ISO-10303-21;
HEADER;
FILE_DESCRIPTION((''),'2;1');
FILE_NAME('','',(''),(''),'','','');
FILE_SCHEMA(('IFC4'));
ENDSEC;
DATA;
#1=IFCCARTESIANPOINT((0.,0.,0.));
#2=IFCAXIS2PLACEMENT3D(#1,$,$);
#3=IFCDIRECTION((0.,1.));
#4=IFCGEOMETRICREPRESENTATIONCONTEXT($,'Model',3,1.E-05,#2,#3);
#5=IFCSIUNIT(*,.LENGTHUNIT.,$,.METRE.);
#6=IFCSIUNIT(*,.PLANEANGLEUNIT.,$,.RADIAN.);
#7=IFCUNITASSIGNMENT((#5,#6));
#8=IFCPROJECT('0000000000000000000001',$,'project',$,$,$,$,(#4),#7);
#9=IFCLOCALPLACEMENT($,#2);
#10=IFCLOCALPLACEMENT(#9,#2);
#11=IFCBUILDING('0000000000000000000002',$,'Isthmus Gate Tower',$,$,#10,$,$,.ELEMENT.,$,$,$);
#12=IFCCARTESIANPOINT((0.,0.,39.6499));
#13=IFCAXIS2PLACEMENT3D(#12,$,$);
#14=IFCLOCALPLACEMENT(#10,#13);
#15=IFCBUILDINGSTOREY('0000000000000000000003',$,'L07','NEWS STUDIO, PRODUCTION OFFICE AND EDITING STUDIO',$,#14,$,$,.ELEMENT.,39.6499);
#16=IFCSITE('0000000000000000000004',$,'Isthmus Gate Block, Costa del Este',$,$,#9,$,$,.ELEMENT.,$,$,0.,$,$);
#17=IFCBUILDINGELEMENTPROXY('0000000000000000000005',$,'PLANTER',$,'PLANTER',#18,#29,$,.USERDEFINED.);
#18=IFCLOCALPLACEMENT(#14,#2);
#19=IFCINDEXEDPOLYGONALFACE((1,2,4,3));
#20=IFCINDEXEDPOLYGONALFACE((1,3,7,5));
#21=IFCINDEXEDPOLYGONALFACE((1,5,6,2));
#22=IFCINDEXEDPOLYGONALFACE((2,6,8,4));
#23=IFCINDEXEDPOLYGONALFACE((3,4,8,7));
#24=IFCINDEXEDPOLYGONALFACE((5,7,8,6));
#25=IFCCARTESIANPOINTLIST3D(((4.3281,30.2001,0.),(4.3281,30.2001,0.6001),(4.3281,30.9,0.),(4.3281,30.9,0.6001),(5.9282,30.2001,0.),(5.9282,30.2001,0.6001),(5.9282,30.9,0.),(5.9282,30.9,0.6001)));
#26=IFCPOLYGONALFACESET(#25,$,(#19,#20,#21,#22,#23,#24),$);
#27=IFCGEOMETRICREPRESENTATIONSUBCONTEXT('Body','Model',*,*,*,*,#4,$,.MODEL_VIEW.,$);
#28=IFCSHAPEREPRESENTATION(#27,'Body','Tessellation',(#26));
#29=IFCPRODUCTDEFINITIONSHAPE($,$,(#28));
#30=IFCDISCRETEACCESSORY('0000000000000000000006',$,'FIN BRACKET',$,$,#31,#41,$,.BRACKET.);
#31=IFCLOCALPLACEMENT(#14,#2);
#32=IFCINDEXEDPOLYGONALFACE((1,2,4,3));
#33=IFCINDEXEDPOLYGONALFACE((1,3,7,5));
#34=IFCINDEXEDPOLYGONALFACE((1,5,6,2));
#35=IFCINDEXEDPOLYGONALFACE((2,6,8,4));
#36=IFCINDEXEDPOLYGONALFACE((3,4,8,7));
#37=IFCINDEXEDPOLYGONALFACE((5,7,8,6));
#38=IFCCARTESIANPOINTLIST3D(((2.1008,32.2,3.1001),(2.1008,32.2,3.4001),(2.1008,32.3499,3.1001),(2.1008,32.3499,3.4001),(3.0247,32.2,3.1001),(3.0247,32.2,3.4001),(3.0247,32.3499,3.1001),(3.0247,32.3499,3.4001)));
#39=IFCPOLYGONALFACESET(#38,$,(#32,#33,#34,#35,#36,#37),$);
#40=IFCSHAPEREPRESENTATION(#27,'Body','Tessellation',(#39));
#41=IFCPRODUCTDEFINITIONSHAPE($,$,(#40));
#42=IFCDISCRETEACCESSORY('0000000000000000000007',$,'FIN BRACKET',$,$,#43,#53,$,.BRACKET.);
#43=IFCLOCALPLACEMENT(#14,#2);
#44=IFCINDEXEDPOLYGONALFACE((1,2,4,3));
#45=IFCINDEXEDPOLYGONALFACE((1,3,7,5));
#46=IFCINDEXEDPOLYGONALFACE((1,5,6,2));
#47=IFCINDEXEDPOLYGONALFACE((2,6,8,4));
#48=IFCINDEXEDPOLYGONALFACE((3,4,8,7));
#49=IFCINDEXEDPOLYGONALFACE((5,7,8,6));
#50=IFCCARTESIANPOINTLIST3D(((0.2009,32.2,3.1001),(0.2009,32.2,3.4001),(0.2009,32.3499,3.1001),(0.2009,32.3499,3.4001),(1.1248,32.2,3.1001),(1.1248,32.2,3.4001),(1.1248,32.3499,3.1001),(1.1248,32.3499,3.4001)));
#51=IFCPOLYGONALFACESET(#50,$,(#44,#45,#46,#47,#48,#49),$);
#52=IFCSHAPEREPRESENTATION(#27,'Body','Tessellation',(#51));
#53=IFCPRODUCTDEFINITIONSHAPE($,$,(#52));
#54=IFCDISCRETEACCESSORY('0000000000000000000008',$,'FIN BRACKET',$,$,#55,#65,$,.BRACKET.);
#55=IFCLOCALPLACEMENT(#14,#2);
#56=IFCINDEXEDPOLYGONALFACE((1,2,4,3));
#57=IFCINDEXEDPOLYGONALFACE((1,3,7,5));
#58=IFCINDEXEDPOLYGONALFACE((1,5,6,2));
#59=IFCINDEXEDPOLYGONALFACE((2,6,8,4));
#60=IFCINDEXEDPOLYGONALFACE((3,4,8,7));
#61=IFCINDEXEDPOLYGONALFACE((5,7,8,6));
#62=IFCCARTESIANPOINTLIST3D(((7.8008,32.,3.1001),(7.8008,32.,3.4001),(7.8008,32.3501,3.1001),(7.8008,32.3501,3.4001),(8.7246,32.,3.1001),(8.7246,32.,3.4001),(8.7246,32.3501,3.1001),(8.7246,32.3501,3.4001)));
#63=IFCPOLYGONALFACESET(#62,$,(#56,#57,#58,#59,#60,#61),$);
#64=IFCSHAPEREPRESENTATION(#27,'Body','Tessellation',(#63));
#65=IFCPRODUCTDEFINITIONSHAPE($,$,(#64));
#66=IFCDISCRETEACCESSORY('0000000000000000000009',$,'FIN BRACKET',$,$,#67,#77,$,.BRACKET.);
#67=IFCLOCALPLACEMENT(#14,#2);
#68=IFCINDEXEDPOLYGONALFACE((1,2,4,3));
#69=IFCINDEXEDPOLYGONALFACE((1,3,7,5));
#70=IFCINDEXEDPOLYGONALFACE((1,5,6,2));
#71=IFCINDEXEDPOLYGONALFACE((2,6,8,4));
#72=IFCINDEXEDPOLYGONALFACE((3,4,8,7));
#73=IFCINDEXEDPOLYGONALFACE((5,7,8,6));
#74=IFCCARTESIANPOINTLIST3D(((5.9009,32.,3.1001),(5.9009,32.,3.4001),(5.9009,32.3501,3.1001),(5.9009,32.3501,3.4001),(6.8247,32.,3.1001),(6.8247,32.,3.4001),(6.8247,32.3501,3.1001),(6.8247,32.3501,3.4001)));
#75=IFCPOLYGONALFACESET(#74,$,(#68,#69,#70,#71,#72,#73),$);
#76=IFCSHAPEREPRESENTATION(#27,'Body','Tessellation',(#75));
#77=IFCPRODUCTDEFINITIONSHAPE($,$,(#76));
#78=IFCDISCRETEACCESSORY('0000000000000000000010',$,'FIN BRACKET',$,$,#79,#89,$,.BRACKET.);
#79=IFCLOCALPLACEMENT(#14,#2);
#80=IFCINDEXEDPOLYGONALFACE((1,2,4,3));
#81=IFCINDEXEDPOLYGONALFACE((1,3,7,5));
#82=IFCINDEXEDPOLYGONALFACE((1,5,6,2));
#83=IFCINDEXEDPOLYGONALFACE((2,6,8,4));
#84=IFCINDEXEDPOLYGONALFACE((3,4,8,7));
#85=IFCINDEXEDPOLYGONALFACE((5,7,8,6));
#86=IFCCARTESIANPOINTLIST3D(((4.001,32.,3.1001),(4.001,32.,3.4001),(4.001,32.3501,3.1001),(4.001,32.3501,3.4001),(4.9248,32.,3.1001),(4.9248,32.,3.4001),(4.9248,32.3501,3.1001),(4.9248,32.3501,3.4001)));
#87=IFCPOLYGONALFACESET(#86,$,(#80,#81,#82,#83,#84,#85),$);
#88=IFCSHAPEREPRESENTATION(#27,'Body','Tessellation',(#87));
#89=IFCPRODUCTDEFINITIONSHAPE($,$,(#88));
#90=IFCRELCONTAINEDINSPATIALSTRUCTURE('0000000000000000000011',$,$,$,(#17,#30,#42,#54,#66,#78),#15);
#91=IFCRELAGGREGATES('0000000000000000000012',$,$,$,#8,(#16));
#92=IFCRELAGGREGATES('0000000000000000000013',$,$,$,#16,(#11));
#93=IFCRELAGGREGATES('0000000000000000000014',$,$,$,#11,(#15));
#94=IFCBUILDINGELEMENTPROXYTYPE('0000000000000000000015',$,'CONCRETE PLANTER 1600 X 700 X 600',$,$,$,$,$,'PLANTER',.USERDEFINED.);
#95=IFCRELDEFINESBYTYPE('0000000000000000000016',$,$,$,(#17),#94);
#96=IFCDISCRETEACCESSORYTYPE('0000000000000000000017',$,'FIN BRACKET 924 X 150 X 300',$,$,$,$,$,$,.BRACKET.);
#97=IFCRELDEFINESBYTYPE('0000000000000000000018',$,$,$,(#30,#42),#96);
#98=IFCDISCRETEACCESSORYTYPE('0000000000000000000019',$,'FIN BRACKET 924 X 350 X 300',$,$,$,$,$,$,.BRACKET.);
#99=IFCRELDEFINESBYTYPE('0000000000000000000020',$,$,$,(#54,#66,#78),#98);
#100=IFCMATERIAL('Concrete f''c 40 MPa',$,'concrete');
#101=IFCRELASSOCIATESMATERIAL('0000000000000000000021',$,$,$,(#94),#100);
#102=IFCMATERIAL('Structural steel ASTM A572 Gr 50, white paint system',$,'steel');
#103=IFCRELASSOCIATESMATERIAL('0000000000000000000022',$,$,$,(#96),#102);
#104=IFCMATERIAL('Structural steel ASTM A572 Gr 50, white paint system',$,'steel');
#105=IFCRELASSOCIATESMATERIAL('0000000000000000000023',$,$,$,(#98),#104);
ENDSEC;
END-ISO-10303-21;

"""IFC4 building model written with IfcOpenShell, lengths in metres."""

from ifc_helpers import new_model, si_unit, direction, frame, origin, origin_2d, place, context, subcontext, project, spatial, rectangle, extrude, material, type_object, element, save


model = new_model("IFC4")

# Units and contexts
model_context = context("Model", 3, precision=1e-05, world=origin(), true_north=direction((0.0, 1.0)))
body_context = subcontext(model_context, "Body", "Model", "MODEL_VIEW")
ifc_project = project(units=[si_unit("LENGTHUNIT", "METRE"), si_unit("PLANEANGLEUNIT", "RADIAN")], contexts=[model_context])

# Site, building, storey
site_placement = place(None, origin())
site = spatial("IfcSite", under=ifc_project, at=site_placement, Name="Isthmus Gate Block, Costa del Este", CompositionType="ELEMENT", RefElevation=0.0)
building_placement = place(site_placement, origin())
building = spatial("IfcBuilding", under=site, at=building_placement, Name="Isthmus Gate Tower", CompositionType="ELEMENT")
storey_placement = place(building_placement, frame((0.0, 0.0, 39.6499)))
storey = spatial("IfcBuildingStorey", under=building, at=storey_placement, Name="L07", Description="NEWS STUDIO, PRODUCTION OFFICE AND EDITING STUDIO", CompositionType="ELEMENT", Elevation=39.6499)

# Building element proxy
ifc_material_1 = material(Name="Concrete f'c 40 MPa", Category="concrete")
building_element_proxy_type = type_object("IfcBuildingElementProxyType", Name="CONCRETE PLANTER 1600 X 700 X 600", ElementType="PLANTER", PredefinedType="USERDEFINED", material=ifc_material_1)
for number, where, z_axis, x_axis, name in (
    (1, (5.1282, 30.55, 0.0), (0.0, 0.0, 1.0), (-1.0, 0.0, 0.0), "PLANTER"),
):
    element("IfcBuildingElementProxy", number, at=place(storey_placement, frame(where, z_axis=z_axis, x_axis=x_axis)), inside=storey, type_object=building_element_proxy_type, Name=name, ObjectType="PLANTER", PredefinedType="USERDEFINED", context=body_context, shape_type="SweptSolid", body=[
        extrude(rectangle(XDim=1.6001, YDim=0.7, at=origin_2d()), origin(), (0.0, 0.0, 1.0), 0.6001),
    ])

# Discrete accessories
ifc_material_2 = material(Name="Structural steel ASTM A572 Gr 50, white paint system", Category="steel")
discrete_accessory_type_1 = type_object("IfcDiscreteAccessoryType", Name="FIN BRACKET 924 X 150 X 300", PredefinedType="BRACKET", material=ifc_material_2)
for number, where, z_axis, x_axis, name in (
    (2, (2.5627, 32.2749, 3.1001), (0.0, 0.0, 1.0), (0.0, 1.0, 0.0), "FIN BRACKET"),
    (3, (0.6628, 32.2749, 3.1001), (0.0, 0.0, 1.0), (0.0, 1.0, 0.0), "FIN BRACKET"),
):
    element("IfcDiscreteAccessory", number, at=place(storey_placement, frame(where, z_axis=z_axis, x_axis=x_axis)), inside=storey, type_object=discrete_accessory_type_1, Name=name, PredefinedType="BRACKET", context=body_context, shape_type="SweptSolid", body=[
        extrude(rectangle(XDim=0.1499, YDim=0.9238, at=origin_2d()), origin(), (0.0, 0.0, 1.0), 0.3),
    ])
ifc_material_3 = material(Name="Structural steel ASTM A572 Gr 50, white paint system", Category="steel")
discrete_accessory_type_2 = type_object("IfcDiscreteAccessoryType", Name="FIN BRACKET 924 X 350 X 300", PredefinedType="BRACKET", material=ifc_material_3)
for number, where, z_axis, x_axis, name in (
    (4, (8.2627, 32.175, 3.1001), (0.0, 0.0, 1.0), (0.0, 1.0, 0.0), "FIN BRACKET"),
    (5, (6.3628, 32.175, 3.1001), (0.0, 0.0, 1.0), (0.0, 1.0, 0.0), "FIN BRACKET"),
    (6, (4.4629, 32.175, 3.1001), (0.0, 0.0, 1.0), (0.0, 1.0, 0.0), "FIN BRACKET"),
):
    element("IfcDiscreteAccessory", number, at=place(storey_placement, frame(where, z_axis=z_axis, x_axis=x_axis)), inside=storey, type_object=discrete_accessory_type_2, Name=name, PredefinedType="BRACKET", context=body_context, shape_type="SweptSolid", body=[
        extrude(rectangle(XDim=0.3501, YDim=0.9238, at=origin_2d()), origin(), (0.0, 0.0, 1.0), 0.3),
    ])

save(model, "model.ifc")
